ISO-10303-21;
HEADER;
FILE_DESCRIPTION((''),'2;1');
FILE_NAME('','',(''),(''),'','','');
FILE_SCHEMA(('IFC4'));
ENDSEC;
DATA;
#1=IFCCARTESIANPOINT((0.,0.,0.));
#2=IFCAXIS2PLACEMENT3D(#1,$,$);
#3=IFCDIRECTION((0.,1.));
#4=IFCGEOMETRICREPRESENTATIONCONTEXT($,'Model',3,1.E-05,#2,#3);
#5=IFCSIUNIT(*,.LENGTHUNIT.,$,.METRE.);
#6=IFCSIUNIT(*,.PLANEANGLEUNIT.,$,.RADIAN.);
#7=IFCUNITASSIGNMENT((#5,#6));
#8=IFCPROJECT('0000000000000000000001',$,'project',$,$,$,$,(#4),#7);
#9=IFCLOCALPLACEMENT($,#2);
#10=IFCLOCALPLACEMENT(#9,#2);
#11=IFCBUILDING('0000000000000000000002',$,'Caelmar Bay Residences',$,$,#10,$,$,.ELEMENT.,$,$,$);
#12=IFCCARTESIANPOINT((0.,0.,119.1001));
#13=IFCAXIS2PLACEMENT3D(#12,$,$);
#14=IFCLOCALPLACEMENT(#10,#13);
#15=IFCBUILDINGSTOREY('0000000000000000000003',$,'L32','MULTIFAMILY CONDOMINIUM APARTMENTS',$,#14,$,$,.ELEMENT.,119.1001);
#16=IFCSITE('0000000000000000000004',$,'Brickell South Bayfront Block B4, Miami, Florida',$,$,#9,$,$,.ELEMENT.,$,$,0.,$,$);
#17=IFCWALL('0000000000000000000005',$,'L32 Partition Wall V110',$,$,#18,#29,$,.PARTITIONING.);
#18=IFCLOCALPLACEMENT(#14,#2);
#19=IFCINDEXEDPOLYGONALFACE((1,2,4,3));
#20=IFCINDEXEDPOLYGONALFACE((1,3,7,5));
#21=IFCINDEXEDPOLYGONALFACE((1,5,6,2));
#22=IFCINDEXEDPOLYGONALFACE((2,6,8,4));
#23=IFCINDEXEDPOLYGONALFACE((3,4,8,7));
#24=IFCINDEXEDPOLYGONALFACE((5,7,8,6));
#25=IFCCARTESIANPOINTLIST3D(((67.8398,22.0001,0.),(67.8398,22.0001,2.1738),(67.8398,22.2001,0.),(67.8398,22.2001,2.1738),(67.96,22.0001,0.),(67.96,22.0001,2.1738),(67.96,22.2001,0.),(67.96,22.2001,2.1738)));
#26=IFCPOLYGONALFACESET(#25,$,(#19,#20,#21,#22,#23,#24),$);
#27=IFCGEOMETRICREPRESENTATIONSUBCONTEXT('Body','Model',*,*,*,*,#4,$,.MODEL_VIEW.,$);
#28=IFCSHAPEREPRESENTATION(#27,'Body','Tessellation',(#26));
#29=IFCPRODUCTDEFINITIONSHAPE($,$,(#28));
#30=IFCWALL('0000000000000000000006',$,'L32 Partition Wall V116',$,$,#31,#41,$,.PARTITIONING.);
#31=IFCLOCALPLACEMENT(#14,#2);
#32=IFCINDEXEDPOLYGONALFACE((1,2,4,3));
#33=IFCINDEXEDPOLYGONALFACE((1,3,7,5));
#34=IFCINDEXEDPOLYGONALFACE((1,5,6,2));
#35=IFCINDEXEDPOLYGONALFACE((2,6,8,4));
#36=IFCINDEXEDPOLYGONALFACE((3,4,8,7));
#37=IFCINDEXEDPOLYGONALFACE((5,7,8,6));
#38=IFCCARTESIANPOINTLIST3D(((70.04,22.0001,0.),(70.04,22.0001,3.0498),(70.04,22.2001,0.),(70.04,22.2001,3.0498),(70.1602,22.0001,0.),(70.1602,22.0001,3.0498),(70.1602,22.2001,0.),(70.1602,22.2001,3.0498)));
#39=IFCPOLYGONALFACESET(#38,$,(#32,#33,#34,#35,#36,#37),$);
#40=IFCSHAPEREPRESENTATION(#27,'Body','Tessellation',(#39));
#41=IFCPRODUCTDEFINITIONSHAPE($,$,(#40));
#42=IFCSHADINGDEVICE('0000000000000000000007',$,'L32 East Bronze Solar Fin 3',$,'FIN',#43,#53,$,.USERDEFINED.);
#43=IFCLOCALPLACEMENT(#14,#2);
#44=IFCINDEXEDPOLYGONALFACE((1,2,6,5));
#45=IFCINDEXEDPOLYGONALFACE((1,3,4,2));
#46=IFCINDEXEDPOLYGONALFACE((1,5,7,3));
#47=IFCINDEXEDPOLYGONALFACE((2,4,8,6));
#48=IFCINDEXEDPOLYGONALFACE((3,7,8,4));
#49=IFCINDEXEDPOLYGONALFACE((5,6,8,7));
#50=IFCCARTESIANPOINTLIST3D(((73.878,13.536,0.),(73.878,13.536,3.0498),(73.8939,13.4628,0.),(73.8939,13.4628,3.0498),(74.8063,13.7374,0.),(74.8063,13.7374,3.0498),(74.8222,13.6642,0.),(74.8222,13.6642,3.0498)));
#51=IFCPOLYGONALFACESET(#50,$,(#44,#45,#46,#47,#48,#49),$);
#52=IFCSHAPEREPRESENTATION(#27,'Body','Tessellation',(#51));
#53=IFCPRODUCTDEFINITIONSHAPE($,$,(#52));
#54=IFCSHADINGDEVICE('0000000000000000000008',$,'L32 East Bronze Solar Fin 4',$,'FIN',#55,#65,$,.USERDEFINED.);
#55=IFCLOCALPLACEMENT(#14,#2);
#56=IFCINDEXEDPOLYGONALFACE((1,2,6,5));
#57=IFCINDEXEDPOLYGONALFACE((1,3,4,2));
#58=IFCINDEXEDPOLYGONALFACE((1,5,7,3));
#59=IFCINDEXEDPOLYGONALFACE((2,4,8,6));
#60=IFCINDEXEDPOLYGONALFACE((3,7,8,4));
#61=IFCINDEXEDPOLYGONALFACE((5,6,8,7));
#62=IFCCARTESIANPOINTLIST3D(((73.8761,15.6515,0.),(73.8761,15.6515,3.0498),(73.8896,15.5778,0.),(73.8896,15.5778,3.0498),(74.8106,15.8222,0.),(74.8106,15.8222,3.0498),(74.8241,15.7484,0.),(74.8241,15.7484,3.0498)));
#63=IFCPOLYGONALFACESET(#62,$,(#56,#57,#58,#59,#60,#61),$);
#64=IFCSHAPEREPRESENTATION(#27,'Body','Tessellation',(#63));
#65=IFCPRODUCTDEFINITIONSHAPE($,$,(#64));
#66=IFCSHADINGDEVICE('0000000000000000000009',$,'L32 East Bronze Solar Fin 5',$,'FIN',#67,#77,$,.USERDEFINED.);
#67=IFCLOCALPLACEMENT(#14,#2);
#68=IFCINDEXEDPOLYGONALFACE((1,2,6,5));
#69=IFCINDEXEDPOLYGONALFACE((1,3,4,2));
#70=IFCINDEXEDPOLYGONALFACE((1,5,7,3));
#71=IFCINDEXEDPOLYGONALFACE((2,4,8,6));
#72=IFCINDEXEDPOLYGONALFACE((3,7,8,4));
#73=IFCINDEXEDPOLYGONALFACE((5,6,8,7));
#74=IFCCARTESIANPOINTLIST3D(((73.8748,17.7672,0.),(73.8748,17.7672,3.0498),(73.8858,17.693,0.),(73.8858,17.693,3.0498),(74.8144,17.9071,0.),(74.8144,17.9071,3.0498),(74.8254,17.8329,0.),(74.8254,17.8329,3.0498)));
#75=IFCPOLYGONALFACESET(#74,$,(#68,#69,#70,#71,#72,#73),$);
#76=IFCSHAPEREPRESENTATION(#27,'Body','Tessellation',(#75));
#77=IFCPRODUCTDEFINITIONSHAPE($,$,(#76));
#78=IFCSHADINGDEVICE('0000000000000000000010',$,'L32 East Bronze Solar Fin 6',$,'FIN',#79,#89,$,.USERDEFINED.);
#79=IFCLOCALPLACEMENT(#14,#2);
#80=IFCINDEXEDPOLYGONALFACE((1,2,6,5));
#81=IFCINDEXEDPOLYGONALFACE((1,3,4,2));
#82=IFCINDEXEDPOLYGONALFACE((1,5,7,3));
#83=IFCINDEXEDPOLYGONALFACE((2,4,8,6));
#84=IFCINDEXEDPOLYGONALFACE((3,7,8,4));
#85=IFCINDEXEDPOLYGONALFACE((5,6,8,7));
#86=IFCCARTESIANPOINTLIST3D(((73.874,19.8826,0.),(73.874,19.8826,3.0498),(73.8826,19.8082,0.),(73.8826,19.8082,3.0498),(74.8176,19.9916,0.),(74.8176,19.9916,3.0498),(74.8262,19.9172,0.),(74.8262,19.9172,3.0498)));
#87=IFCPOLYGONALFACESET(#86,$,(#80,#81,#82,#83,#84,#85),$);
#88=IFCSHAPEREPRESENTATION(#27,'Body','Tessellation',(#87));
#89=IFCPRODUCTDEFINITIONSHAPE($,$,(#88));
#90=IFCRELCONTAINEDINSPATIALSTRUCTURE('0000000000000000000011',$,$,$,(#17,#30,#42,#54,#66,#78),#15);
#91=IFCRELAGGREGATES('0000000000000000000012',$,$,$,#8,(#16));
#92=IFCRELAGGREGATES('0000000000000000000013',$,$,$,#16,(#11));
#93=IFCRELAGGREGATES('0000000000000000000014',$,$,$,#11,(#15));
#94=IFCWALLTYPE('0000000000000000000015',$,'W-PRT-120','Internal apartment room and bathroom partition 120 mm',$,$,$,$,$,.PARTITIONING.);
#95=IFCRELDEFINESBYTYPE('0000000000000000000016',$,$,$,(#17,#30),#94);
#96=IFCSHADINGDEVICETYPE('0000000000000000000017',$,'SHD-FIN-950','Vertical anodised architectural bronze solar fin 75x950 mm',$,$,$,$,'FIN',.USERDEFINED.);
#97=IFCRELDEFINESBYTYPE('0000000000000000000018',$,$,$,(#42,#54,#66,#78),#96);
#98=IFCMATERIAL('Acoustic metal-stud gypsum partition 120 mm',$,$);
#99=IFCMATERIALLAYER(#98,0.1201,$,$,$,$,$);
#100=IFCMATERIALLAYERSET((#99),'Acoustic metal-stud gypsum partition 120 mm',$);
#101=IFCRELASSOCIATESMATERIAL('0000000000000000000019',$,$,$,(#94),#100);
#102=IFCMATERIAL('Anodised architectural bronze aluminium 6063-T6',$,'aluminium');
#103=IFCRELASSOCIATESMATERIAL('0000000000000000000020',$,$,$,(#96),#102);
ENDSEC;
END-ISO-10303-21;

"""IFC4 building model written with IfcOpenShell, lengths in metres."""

from ifc_helpers import new_model, si_unit, direction, frame, frame_2d, origin, origin_2d, place, context, subcontext, project, spatial, rectangle, extrude, material, layer, layer_set, material_profile, profile_set, type_object, element, save


model = new_model("IFC4")

# Units and contexts
model_context = context("Model", 3, precision=1e-05, world=origin(), true_north=direction((0.0, 1.0)))
body_context = subcontext(model_context, "Body", "Model", "MODEL_VIEW")
ifc_project = project(units=[si_unit("LENGTHUNIT", "METRE"), si_unit("PLANEANGLEUNIT", "RADIAN")], contexts=[model_context])

# Site, building, storey
site_placement = place(None, origin())
site = spatial("IfcSite", under=ifc_project, at=site_placement, Name="Brickell South Bayfront Block B4, Miami, Florida", CompositionType="ELEMENT", RefElevation=0.0)
building_placement = place(site_placement, origin())
building = spatial("IfcBuilding", under=site, at=building_placement, Name="Caelmar Bay Residences", CompositionType="ELEMENT")
storey_placement = place(building_placement, frame((0.0, 0.0, 119.1001)))
storey = spatial("IfcBuildingStorey", under=building, at=storey_placement, Name="L32", Description="MULTIFAMILY CONDOMINIUM APARTMENTS", CompositionType="ELEMENT", Elevation=119.1001)

# Walls
ifc_material_1 = material(Name="Acoustic metal-stud gypsum partition 120 mm")
ifc_layer_1 = layer(ifc_material_1, 0.1201)
ifc_layer_set_1 = layer_set([ifc_layer_1], Name="Acoustic metal-stud gypsum partition 120 mm")
wall_type = type_object("IfcWallType", Name="W-PRT-120", Description="Internal apartment room and bathroom partition 120 mm", PredefinedType="PARTITIONING", material=ifc_layer_set_1)
wall_1_placement = place(storey_placement, frame((67.8999, 22.0, 0.0), z_axis=(0.0, 0.0, 1.0), x_axis=(0.0, 1.0, 0.0)))
element("IfcWall", 1, at=wall_1_placement, inside=storey, type_object=wall_type, Name="L32 Partition Wall V110", PredefinedType="PARTITIONING", context=body_context, shape_type="SweptSolid", body=[
    extrude(rectangle(XDim=0.2, YDim=0.1201, at=frame_2d((0.1001, 0.0))), origin(), (0.0, 0.0, 1.0), 2.1738),
])
wall_2_placement = place(storey_placement, frame((70.1001, 22.0, 0.0), z_axis=(0.0, 0.0, 1.0), x_axis=(0.0, 1.0, 0.0)))
element("IfcWall", 2, at=wall_2_placement, inside=storey, type_object=wall_type, Name="L32 Partition Wall V116", PredefinedType="PARTITIONING", context=body_context, shape_type="SweptSolid", body=[
    extrude(rectangle(XDim=0.2, YDim=0.1201, at=frame_2d((0.1001, 0.0))), origin(), (0.0, 0.0, 1.0), 3.0498),
])

# Shading devices
ifc_material_2 = material(Name="Anodised architectural bronze aluminium 6063-T6", Category="aluminium")
ifc_material_profile_1 = material_profile(ifc_material_2, rectangle(XDim=0.075, YDim=0.95, at=origin_2d()), Name="BRONZE-FIN-75X950")
ifc_profile_set_1 = profile_set([ifc_material_profile_1], Name="Anodised architectural bronze aluminium 6063-T6")
shading_device_type = type_object("IfcShadingDeviceType", Name="SHD-FIN-950", Description="Vertical anodised architectural bronze solar fin 75x950 mm", ElementType="FIN", PredefinedType="USERDEFINED", material=ifc_profile_set_1)
for number, where, z_axis, x_axis, name in (
    (3, (74.3501, 13.6001, 0.0), (0.0, 0.0, 1.0), (-0.212007, 0.977268, 0.0), "L32 East Bronze Solar Fin 3"),
    (4, (74.3501, 15.7, 0.0), (0.0, 0.0, 1.0), (-0.179661, 0.983729, 0.0), "L32 East Bronze Solar Fin 4"),
    (5, (74.3501, 17.8, 0.0), (0.0, 0.0, 1.0), (-0.147292, 0.989093, 0.0), "L32 East Bronze Solar Fin 5"),
    (6, (74.3501, 19.8999, 0.0), (0.0, 0.0, 1.0), (-0.114764, 0.993393, 0.0), "L32 East Bronze Solar Fin 6"),
):
    element("IfcShadingDevice", number, at=place(storey_placement, frame(where, z_axis=z_axis, x_axis=x_axis)), inside=storey, type_object=shading_device_type, Name=name, ObjectType="FIN", PredefinedType="USERDEFINED", context=body_context, shape_type="SweptSolid", body=[
        extrude(rectangle(XDim=0.075, YDim=0.95, at=origin_2d()), origin(), (0.0, 0.0, 1.0), 3.0498),
    ])

save(model, "model.ifc")
